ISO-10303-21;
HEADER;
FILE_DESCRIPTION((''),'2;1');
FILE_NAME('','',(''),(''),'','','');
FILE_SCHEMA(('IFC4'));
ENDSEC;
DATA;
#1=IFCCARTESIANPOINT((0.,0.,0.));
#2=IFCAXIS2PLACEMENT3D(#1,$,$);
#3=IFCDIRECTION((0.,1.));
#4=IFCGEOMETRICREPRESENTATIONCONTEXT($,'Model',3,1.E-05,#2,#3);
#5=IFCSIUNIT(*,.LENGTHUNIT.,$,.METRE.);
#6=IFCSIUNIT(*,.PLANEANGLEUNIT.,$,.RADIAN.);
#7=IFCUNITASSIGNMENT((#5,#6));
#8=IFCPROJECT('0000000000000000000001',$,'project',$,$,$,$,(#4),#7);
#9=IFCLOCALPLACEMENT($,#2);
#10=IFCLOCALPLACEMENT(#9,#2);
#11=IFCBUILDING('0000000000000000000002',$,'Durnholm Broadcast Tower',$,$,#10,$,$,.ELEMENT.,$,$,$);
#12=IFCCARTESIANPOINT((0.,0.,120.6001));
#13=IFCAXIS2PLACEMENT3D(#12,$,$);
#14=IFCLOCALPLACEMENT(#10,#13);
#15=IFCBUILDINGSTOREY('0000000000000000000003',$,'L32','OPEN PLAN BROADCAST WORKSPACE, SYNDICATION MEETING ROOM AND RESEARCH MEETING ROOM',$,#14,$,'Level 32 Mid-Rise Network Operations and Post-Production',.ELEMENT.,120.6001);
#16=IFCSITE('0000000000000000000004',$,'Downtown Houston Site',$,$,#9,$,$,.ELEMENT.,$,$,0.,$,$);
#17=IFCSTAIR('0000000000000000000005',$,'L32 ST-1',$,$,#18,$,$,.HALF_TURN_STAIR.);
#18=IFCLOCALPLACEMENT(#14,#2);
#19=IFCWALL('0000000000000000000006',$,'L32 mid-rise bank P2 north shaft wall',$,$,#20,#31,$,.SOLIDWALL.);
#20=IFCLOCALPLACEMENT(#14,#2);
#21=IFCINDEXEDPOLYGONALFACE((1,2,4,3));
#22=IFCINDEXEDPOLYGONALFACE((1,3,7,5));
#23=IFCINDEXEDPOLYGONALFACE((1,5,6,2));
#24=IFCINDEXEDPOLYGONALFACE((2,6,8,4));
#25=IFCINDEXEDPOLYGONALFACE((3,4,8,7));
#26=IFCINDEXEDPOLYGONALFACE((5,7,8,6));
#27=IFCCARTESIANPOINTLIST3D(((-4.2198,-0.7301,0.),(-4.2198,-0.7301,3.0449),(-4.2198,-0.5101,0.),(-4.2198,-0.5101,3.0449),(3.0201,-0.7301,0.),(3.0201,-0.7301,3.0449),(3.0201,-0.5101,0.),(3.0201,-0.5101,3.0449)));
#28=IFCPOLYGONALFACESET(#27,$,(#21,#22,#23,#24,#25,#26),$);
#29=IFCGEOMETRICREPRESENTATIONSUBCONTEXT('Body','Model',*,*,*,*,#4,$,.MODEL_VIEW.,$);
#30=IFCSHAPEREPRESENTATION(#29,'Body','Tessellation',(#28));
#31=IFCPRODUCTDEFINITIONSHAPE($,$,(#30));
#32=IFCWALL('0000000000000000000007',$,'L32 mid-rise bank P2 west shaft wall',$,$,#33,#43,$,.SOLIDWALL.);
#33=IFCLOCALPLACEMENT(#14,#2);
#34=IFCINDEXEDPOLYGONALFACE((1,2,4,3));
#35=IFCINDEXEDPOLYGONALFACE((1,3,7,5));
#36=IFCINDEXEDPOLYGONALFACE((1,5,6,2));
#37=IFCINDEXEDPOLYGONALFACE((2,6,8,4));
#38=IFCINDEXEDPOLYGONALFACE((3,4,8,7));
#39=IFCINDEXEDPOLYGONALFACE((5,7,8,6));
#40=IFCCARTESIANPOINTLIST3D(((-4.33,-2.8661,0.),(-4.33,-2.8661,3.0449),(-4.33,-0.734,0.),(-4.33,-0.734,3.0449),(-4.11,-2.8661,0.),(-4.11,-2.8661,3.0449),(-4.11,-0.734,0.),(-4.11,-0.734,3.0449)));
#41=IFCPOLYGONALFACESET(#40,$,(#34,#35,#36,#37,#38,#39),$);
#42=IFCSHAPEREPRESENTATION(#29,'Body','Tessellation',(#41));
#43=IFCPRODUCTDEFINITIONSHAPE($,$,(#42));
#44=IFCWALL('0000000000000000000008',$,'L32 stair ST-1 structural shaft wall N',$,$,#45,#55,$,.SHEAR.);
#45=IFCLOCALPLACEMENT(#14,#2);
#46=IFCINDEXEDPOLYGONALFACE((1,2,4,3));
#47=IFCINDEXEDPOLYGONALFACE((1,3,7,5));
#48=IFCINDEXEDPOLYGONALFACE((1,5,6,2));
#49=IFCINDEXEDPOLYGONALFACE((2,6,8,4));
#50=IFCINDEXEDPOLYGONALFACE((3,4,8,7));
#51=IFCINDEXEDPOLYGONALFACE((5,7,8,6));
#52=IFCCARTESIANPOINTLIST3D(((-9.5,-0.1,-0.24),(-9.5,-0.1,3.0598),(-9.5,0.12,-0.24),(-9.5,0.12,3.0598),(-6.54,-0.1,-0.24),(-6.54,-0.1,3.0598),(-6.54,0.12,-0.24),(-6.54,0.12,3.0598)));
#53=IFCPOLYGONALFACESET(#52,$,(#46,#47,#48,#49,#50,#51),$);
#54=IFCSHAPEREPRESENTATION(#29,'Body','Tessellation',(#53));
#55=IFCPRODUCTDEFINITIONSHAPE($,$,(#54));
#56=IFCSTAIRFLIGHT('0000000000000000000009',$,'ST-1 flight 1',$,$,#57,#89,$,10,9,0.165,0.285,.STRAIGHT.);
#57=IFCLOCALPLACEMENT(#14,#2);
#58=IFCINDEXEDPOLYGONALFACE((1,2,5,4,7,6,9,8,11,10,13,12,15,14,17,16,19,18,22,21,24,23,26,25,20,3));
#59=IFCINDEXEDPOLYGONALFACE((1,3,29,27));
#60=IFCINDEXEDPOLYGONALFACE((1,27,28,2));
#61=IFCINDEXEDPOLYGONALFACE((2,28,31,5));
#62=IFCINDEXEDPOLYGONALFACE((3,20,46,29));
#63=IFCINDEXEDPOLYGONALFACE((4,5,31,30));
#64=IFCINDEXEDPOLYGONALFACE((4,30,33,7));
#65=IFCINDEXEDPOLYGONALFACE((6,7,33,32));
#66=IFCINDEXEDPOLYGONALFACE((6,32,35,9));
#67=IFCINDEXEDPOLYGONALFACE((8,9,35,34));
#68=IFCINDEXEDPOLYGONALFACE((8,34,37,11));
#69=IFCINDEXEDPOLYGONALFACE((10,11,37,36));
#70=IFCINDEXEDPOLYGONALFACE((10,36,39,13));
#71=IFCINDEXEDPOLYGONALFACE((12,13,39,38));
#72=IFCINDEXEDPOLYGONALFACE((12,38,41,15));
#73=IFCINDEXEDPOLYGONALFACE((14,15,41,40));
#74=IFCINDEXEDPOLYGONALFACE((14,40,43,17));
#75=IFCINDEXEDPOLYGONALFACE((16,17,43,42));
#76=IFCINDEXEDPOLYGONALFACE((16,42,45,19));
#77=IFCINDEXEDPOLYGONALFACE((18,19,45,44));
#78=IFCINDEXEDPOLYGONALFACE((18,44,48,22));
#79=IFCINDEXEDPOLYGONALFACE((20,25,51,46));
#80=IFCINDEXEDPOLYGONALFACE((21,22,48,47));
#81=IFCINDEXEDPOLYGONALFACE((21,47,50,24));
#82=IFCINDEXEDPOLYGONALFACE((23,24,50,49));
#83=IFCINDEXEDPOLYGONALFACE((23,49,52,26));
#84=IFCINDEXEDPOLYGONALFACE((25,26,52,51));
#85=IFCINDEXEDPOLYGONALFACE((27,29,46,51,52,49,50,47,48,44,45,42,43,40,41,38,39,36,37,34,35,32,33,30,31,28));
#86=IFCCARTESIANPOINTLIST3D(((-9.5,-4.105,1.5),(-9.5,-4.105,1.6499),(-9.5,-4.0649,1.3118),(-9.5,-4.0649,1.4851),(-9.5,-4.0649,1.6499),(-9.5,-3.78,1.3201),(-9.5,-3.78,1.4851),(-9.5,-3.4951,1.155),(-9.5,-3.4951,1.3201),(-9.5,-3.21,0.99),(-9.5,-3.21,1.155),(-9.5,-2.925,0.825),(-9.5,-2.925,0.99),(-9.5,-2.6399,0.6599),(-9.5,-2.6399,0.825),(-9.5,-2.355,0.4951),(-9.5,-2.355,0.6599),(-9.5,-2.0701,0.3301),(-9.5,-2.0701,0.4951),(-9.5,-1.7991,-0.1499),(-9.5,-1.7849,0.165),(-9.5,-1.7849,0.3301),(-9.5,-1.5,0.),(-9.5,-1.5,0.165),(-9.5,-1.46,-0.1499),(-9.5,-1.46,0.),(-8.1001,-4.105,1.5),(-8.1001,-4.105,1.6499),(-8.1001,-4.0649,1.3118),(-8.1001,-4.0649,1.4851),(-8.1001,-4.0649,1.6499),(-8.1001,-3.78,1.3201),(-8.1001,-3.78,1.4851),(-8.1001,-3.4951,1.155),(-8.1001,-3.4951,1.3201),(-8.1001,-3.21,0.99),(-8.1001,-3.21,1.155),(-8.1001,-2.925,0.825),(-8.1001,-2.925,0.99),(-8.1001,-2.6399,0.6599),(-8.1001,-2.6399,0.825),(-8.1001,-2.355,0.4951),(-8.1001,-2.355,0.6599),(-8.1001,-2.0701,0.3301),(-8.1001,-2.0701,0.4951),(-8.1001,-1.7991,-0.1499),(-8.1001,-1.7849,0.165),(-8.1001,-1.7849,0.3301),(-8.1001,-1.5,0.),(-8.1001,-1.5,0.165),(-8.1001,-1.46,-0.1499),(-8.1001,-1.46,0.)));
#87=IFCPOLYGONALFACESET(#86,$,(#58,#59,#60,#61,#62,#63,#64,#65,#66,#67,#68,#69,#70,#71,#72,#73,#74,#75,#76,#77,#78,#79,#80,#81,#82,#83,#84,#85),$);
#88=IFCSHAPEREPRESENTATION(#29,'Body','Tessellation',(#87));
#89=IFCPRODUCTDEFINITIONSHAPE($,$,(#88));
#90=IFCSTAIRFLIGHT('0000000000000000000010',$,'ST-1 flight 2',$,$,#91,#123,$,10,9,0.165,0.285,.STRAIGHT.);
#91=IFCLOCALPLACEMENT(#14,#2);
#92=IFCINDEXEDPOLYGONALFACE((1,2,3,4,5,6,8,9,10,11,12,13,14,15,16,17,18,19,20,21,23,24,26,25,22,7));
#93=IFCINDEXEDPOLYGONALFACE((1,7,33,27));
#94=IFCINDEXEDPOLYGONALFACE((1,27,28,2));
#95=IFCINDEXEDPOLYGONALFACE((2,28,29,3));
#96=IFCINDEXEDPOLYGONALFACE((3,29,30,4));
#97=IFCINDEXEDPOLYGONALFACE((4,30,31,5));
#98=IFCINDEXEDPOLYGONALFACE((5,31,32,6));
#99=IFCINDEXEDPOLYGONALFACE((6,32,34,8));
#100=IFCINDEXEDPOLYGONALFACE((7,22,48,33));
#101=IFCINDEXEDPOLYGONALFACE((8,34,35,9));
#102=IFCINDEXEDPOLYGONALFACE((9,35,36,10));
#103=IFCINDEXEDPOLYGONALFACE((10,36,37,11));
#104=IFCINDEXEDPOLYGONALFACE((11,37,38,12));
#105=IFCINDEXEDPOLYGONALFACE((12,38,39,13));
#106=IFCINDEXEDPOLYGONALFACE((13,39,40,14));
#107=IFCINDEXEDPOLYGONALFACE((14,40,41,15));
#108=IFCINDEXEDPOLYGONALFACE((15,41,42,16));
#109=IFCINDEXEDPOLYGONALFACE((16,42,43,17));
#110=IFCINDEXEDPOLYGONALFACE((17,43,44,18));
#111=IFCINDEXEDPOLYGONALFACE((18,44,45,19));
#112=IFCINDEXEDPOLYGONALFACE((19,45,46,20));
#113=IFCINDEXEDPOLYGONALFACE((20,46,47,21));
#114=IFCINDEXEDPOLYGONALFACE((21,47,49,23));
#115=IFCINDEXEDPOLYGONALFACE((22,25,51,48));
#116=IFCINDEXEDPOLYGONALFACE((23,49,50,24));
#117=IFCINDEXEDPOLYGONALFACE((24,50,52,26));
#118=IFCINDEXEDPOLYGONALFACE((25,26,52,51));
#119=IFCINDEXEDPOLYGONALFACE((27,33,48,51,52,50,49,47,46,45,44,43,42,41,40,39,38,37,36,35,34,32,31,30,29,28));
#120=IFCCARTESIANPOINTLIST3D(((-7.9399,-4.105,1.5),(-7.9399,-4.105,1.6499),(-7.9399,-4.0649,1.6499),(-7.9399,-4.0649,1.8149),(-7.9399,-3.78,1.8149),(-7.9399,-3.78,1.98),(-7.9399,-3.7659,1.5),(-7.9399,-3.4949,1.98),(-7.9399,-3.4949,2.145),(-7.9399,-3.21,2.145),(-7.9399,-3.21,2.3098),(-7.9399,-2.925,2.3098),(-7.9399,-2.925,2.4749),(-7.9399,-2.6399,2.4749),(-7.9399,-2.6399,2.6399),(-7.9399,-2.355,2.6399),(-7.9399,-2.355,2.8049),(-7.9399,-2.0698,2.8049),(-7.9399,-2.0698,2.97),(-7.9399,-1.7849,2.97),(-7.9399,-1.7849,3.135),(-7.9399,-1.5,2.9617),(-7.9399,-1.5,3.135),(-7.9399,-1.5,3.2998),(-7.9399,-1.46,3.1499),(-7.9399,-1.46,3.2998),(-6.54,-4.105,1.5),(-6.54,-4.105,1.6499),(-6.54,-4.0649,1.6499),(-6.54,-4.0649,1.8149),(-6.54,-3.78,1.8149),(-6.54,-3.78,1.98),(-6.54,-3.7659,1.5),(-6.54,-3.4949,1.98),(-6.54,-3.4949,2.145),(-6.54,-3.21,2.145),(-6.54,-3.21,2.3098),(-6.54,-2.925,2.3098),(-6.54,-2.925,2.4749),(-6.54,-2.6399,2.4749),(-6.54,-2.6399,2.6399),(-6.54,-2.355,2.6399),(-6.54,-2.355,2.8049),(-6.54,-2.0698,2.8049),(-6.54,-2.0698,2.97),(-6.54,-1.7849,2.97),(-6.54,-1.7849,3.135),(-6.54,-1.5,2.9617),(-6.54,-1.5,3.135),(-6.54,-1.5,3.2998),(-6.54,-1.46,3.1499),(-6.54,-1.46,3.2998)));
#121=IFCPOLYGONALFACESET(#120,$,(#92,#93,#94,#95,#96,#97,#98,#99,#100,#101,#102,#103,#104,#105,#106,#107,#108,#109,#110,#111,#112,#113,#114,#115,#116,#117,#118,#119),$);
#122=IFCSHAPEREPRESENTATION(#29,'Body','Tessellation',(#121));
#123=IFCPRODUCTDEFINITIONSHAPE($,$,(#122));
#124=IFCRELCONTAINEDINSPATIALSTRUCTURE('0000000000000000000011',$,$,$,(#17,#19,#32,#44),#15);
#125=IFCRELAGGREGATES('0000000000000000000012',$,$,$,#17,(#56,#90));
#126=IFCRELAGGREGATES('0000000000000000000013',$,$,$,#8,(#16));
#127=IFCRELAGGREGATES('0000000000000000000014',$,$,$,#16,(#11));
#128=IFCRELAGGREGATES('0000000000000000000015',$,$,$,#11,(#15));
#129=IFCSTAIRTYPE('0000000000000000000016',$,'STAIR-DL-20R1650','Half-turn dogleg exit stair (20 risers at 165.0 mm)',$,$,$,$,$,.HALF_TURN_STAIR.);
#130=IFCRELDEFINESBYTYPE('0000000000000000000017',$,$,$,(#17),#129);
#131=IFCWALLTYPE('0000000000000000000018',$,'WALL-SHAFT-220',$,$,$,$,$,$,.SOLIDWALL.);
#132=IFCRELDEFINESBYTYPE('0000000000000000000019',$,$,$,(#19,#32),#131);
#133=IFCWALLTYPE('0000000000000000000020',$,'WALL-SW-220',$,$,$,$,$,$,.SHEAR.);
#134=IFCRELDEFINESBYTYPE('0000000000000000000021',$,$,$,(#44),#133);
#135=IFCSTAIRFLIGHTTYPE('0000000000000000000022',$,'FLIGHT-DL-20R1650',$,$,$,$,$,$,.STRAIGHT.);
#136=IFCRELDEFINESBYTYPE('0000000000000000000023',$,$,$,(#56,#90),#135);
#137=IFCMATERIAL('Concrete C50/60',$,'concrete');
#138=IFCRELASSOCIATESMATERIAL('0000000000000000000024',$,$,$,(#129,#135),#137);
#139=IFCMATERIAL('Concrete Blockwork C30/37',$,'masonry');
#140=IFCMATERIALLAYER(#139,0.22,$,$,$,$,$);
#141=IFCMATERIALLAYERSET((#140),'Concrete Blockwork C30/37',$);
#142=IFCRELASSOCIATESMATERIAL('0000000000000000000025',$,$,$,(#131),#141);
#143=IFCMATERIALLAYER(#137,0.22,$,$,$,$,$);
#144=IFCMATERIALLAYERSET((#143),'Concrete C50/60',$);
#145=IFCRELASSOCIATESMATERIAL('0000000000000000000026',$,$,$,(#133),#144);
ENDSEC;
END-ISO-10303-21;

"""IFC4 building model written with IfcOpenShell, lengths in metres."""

from ifc_helpers import new_model, si_unit, direction, frame, frame_2d, origin, place, context, subcontext, project, spatial, polyline, rectangle, outline, extrude, material, layer, layer_set, type_object, element, aggregate, save


model = new_model("IFC4")

# Units and contexts
model_context = context("Model", 3, precision=1e-05, world=origin(), true_north=direction((0.0, 1.0)))
body_context = subcontext(model_context, "Body", "Model", "MODEL_VIEW")
ifc_project = project(units=[si_unit("LENGTHUNIT", "METRE"), si_unit("PLANEANGLEUNIT", "RADIAN")], contexts=[model_context])

# Site, building, storey
site_placement = place(None, origin())
site = spatial("IfcSite", under=ifc_project, at=site_placement, Name="Downtown Houston Site", CompositionType="ELEMENT", RefElevation=0.0)
building_placement = place(site_placement, origin())
building = spatial("IfcBuilding", under=site, at=building_placement, Name="Durnholm Broadcast Tower", CompositionType="ELEMENT")
storey_placement = place(building_placement, frame((0.0, 0.0, 120.6001)))
storey = spatial("IfcBuildingStorey", under=building, at=storey_placement, Name="L32", Description="OPEN PLAN BROADCAST WORKSPACE, SYNDICATION MEETING ROOM AND RESEARCH MEETING ROOM", LongName="Level 32 Mid-Rise Network Operations and Post-Production", CompositionType="ELEMENT", Elevation=120.6001)

# Shared definitions
ifc_material_1 = material(Name="Concrete C50/60", Category="concrete")

# Stair
stair_type = type_object("IfcStairType", Name="STAIR-DL-20R1650", Description="Half-turn dogleg exit stair (20 risers at 165.0 mm)", PredefinedType="HALF_TURN_STAIR", material=ifc_material_1)
stair_1_placement = place(storey_placement, origin())
stair_1 = element("IfcStair", 1, at=stair_1_placement, inside=storey, type_object=stair_type, Name="L32 ST-1", PredefinedType="HALF_TURN_STAIR")

# Shared definitions
ifc_material_2 = material(Name="Concrete Blockwork C30/37", Category="masonry")
ifc_layer_1 = layer(ifc_material_2, 0.22)
ifc_layer_set_1 = layer_set([ifc_layer_1], Name="Concrete Blockwork C30/37")
wall_type_1 = type_object("IfcWallType", Name="WALL-SHAFT-220", PredefinedType="SOLIDWALL", material=ifc_layer_set_1)

# Walls
wall_1_placement = place(storey_placement, frame((-4.22, -0.6201, 0.0), z_axis=(0.0, 0.0, 1.0), x_axis=(1.0, 0.0, 0.0)))
element("IfcWall", 2, at=wall_1_placement, inside=storey, type_object=wall_type_1, Name="L32 mid-rise bank P2 north shaft wall", PredefinedType="SOLIDWALL", context=body_context, shape_type="SweptSolid", body=[
    extrude(rectangle(XDim=7.24, YDim=0.22, at=frame_2d((3.6201, 0.0))), origin(), (0.0, 0.0, 1.0), 3.0449),
])
wall_2_placement = place(storey_placement, frame((-4.22, -2.866, 0.0), z_axis=(0.0, 0.0, 1.0), x_axis=(0.0, 1.0, 0.0)))
element("IfcWall", 3, at=wall_2_placement, inside=storey, type_object=wall_type_1, Name="L32 mid-rise bank P2 west shaft wall", PredefinedType="SOLIDWALL", context=body_context, shape_type="SweptSolid", body=[
    extrude(rectangle(XDim=2.1321, YDim=0.22, at=frame_2d((1.0659, 0.0))), origin(), (0.0, 0.0, 1.0), 3.0449),
])
ifc_layer_2 = layer(ifc_material_1, 0.22)
ifc_layer_set_2 = layer_set([ifc_layer_2], Name="Concrete C50/60")
wall_type_2 = type_object("IfcWallType", Name="WALL-SW-220", PredefinedType="SHEAR", material=ifc_layer_set_2)
wall_3_placement = place(storey_placement, frame((-6.54, 0.01, -0.24), z_axis=(0.0, 0.0, 1.0), x_axis=(-1.0, 0.0, 0.0)))
element("IfcWall", 4, at=wall_3_placement, inside=storey, type_object=wall_type_2, Name="L32 stair ST-1 structural shaft wall N", PredefinedType="SHEAR", context=body_context, shape_type="SweptSolid", body=[
    extrude(rectangle(XDim=2.96, YDim=0.22, at=frame_2d((1.48, 0.0))), origin(), (0.0, 0.0, 1.0), 3.2998),
])

# Stair flights
stair_flight_type = type_object("IfcStairFlightType", Name="FLIGHT-DL-20R1650", PredefinedType="STRAIGHT", material=ifc_material_1)
stair_flight_1_placement = place(storey_placement, frame((-8.8, -1.5, 0.0), z_axis=(0.0, 0.0, 1.0), x_axis=(0.0, -1.0, 0.0)))
stair_flight_1 = element("IfcStairFlight", 5, at=stair_flight_1_placement, type_object=stair_flight_type, Name="ST-1 flight 1", NumberOfRisers=10, NumberOfTreads=9, PredefinedType="STRAIGHT", RiserHeight=0.165, TreadLength=0.285, context=body_context, shape_type="SweptSolid", body=[
    extrude(outline(polyline([(-0.04, -0.1499), (-0.04, 0.0), (0.0, 0.0), (0.0, 0.165), (0.2849, 0.165), (0.2849, 0.3301), (0.5701, 0.3301), (0.5701, 0.4951), (0.855, 0.4951), (0.855, 0.6599), (1.1399, 0.6599), (1.1399, 0.825), (1.425, 0.825), (1.425, 0.99), (1.71, 0.99), (1.71, 1.155), (1.9951, 1.155), (1.9951, 1.3201), (2.28, 1.3201), (2.28, 1.4851), (2.5649, 1.4851), (2.5649, 1.6499), (2.605, 1.6499), (2.605, 1.5), (2.5649, 1.3118), (0.2991, -0.1499), (-0.04, -0.1499)])), frame((0.0, 0.7, 0.0), z_axis=(0.0, -1.0, 0.0), x_axis=(1.0, 0.0, 0.0)), (0.0, 0.0, 1.0), 1.3999),
])
stair_flight_2_placement = place(storey_placement, frame((-7.24, -4.0649, 1.6499), z_axis=(0.0, 0.0, 1.0), x_axis=(0.0, 1.0, 0.0)))
stair_flight_2 = element("IfcStairFlight", 6, at=stair_flight_2_placement, type_object=stair_flight_type, Name="ST-1 flight 2", NumberOfRisers=10, NumberOfTreads=9, PredefinedType="STRAIGHT", RiserHeight=0.165, TreadLength=0.285, context=body_context, shape_type="SweptSolid", body=[
    extrude(outline(polyline([(-0.04, -0.1499), (-0.04, 0.0), (0.0, 0.0), (0.0, 0.165), (0.2849, 0.165), (0.2849, 0.3301), (0.5701, 0.3301), (0.5701, 0.4951), (0.855, 0.4951), (0.855, 0.6599), (1.1399, 0.6599), (1.1399, 0.825), (1.425, 0.825), (1.425, 0.99), (1.71, 0.99), (1.71, 1.155), (1.9951, 1.155), (1.9951, 1.3201), (2.28, 1.3201), (2.28, 1.4851), (2.5649, 1.4851), (2.5649, 1.6499), (2.605, 1.6499), (2.605, 1.5), (2.5649, 1.3118), (0.2991, -0.1499), (-0.04, -0.1499)])), frame((0.0, 0.7, 0.0), z_axis=(0.0, -1.0, 0.0), x_axis=(1.0, 0.0, 0.0)), (0.0, 0.0, 1.0), 1.3999),
])
aggregate(stair_1, [stair_flight_1, stair_flight_2])

save(model, "model.ifc")
